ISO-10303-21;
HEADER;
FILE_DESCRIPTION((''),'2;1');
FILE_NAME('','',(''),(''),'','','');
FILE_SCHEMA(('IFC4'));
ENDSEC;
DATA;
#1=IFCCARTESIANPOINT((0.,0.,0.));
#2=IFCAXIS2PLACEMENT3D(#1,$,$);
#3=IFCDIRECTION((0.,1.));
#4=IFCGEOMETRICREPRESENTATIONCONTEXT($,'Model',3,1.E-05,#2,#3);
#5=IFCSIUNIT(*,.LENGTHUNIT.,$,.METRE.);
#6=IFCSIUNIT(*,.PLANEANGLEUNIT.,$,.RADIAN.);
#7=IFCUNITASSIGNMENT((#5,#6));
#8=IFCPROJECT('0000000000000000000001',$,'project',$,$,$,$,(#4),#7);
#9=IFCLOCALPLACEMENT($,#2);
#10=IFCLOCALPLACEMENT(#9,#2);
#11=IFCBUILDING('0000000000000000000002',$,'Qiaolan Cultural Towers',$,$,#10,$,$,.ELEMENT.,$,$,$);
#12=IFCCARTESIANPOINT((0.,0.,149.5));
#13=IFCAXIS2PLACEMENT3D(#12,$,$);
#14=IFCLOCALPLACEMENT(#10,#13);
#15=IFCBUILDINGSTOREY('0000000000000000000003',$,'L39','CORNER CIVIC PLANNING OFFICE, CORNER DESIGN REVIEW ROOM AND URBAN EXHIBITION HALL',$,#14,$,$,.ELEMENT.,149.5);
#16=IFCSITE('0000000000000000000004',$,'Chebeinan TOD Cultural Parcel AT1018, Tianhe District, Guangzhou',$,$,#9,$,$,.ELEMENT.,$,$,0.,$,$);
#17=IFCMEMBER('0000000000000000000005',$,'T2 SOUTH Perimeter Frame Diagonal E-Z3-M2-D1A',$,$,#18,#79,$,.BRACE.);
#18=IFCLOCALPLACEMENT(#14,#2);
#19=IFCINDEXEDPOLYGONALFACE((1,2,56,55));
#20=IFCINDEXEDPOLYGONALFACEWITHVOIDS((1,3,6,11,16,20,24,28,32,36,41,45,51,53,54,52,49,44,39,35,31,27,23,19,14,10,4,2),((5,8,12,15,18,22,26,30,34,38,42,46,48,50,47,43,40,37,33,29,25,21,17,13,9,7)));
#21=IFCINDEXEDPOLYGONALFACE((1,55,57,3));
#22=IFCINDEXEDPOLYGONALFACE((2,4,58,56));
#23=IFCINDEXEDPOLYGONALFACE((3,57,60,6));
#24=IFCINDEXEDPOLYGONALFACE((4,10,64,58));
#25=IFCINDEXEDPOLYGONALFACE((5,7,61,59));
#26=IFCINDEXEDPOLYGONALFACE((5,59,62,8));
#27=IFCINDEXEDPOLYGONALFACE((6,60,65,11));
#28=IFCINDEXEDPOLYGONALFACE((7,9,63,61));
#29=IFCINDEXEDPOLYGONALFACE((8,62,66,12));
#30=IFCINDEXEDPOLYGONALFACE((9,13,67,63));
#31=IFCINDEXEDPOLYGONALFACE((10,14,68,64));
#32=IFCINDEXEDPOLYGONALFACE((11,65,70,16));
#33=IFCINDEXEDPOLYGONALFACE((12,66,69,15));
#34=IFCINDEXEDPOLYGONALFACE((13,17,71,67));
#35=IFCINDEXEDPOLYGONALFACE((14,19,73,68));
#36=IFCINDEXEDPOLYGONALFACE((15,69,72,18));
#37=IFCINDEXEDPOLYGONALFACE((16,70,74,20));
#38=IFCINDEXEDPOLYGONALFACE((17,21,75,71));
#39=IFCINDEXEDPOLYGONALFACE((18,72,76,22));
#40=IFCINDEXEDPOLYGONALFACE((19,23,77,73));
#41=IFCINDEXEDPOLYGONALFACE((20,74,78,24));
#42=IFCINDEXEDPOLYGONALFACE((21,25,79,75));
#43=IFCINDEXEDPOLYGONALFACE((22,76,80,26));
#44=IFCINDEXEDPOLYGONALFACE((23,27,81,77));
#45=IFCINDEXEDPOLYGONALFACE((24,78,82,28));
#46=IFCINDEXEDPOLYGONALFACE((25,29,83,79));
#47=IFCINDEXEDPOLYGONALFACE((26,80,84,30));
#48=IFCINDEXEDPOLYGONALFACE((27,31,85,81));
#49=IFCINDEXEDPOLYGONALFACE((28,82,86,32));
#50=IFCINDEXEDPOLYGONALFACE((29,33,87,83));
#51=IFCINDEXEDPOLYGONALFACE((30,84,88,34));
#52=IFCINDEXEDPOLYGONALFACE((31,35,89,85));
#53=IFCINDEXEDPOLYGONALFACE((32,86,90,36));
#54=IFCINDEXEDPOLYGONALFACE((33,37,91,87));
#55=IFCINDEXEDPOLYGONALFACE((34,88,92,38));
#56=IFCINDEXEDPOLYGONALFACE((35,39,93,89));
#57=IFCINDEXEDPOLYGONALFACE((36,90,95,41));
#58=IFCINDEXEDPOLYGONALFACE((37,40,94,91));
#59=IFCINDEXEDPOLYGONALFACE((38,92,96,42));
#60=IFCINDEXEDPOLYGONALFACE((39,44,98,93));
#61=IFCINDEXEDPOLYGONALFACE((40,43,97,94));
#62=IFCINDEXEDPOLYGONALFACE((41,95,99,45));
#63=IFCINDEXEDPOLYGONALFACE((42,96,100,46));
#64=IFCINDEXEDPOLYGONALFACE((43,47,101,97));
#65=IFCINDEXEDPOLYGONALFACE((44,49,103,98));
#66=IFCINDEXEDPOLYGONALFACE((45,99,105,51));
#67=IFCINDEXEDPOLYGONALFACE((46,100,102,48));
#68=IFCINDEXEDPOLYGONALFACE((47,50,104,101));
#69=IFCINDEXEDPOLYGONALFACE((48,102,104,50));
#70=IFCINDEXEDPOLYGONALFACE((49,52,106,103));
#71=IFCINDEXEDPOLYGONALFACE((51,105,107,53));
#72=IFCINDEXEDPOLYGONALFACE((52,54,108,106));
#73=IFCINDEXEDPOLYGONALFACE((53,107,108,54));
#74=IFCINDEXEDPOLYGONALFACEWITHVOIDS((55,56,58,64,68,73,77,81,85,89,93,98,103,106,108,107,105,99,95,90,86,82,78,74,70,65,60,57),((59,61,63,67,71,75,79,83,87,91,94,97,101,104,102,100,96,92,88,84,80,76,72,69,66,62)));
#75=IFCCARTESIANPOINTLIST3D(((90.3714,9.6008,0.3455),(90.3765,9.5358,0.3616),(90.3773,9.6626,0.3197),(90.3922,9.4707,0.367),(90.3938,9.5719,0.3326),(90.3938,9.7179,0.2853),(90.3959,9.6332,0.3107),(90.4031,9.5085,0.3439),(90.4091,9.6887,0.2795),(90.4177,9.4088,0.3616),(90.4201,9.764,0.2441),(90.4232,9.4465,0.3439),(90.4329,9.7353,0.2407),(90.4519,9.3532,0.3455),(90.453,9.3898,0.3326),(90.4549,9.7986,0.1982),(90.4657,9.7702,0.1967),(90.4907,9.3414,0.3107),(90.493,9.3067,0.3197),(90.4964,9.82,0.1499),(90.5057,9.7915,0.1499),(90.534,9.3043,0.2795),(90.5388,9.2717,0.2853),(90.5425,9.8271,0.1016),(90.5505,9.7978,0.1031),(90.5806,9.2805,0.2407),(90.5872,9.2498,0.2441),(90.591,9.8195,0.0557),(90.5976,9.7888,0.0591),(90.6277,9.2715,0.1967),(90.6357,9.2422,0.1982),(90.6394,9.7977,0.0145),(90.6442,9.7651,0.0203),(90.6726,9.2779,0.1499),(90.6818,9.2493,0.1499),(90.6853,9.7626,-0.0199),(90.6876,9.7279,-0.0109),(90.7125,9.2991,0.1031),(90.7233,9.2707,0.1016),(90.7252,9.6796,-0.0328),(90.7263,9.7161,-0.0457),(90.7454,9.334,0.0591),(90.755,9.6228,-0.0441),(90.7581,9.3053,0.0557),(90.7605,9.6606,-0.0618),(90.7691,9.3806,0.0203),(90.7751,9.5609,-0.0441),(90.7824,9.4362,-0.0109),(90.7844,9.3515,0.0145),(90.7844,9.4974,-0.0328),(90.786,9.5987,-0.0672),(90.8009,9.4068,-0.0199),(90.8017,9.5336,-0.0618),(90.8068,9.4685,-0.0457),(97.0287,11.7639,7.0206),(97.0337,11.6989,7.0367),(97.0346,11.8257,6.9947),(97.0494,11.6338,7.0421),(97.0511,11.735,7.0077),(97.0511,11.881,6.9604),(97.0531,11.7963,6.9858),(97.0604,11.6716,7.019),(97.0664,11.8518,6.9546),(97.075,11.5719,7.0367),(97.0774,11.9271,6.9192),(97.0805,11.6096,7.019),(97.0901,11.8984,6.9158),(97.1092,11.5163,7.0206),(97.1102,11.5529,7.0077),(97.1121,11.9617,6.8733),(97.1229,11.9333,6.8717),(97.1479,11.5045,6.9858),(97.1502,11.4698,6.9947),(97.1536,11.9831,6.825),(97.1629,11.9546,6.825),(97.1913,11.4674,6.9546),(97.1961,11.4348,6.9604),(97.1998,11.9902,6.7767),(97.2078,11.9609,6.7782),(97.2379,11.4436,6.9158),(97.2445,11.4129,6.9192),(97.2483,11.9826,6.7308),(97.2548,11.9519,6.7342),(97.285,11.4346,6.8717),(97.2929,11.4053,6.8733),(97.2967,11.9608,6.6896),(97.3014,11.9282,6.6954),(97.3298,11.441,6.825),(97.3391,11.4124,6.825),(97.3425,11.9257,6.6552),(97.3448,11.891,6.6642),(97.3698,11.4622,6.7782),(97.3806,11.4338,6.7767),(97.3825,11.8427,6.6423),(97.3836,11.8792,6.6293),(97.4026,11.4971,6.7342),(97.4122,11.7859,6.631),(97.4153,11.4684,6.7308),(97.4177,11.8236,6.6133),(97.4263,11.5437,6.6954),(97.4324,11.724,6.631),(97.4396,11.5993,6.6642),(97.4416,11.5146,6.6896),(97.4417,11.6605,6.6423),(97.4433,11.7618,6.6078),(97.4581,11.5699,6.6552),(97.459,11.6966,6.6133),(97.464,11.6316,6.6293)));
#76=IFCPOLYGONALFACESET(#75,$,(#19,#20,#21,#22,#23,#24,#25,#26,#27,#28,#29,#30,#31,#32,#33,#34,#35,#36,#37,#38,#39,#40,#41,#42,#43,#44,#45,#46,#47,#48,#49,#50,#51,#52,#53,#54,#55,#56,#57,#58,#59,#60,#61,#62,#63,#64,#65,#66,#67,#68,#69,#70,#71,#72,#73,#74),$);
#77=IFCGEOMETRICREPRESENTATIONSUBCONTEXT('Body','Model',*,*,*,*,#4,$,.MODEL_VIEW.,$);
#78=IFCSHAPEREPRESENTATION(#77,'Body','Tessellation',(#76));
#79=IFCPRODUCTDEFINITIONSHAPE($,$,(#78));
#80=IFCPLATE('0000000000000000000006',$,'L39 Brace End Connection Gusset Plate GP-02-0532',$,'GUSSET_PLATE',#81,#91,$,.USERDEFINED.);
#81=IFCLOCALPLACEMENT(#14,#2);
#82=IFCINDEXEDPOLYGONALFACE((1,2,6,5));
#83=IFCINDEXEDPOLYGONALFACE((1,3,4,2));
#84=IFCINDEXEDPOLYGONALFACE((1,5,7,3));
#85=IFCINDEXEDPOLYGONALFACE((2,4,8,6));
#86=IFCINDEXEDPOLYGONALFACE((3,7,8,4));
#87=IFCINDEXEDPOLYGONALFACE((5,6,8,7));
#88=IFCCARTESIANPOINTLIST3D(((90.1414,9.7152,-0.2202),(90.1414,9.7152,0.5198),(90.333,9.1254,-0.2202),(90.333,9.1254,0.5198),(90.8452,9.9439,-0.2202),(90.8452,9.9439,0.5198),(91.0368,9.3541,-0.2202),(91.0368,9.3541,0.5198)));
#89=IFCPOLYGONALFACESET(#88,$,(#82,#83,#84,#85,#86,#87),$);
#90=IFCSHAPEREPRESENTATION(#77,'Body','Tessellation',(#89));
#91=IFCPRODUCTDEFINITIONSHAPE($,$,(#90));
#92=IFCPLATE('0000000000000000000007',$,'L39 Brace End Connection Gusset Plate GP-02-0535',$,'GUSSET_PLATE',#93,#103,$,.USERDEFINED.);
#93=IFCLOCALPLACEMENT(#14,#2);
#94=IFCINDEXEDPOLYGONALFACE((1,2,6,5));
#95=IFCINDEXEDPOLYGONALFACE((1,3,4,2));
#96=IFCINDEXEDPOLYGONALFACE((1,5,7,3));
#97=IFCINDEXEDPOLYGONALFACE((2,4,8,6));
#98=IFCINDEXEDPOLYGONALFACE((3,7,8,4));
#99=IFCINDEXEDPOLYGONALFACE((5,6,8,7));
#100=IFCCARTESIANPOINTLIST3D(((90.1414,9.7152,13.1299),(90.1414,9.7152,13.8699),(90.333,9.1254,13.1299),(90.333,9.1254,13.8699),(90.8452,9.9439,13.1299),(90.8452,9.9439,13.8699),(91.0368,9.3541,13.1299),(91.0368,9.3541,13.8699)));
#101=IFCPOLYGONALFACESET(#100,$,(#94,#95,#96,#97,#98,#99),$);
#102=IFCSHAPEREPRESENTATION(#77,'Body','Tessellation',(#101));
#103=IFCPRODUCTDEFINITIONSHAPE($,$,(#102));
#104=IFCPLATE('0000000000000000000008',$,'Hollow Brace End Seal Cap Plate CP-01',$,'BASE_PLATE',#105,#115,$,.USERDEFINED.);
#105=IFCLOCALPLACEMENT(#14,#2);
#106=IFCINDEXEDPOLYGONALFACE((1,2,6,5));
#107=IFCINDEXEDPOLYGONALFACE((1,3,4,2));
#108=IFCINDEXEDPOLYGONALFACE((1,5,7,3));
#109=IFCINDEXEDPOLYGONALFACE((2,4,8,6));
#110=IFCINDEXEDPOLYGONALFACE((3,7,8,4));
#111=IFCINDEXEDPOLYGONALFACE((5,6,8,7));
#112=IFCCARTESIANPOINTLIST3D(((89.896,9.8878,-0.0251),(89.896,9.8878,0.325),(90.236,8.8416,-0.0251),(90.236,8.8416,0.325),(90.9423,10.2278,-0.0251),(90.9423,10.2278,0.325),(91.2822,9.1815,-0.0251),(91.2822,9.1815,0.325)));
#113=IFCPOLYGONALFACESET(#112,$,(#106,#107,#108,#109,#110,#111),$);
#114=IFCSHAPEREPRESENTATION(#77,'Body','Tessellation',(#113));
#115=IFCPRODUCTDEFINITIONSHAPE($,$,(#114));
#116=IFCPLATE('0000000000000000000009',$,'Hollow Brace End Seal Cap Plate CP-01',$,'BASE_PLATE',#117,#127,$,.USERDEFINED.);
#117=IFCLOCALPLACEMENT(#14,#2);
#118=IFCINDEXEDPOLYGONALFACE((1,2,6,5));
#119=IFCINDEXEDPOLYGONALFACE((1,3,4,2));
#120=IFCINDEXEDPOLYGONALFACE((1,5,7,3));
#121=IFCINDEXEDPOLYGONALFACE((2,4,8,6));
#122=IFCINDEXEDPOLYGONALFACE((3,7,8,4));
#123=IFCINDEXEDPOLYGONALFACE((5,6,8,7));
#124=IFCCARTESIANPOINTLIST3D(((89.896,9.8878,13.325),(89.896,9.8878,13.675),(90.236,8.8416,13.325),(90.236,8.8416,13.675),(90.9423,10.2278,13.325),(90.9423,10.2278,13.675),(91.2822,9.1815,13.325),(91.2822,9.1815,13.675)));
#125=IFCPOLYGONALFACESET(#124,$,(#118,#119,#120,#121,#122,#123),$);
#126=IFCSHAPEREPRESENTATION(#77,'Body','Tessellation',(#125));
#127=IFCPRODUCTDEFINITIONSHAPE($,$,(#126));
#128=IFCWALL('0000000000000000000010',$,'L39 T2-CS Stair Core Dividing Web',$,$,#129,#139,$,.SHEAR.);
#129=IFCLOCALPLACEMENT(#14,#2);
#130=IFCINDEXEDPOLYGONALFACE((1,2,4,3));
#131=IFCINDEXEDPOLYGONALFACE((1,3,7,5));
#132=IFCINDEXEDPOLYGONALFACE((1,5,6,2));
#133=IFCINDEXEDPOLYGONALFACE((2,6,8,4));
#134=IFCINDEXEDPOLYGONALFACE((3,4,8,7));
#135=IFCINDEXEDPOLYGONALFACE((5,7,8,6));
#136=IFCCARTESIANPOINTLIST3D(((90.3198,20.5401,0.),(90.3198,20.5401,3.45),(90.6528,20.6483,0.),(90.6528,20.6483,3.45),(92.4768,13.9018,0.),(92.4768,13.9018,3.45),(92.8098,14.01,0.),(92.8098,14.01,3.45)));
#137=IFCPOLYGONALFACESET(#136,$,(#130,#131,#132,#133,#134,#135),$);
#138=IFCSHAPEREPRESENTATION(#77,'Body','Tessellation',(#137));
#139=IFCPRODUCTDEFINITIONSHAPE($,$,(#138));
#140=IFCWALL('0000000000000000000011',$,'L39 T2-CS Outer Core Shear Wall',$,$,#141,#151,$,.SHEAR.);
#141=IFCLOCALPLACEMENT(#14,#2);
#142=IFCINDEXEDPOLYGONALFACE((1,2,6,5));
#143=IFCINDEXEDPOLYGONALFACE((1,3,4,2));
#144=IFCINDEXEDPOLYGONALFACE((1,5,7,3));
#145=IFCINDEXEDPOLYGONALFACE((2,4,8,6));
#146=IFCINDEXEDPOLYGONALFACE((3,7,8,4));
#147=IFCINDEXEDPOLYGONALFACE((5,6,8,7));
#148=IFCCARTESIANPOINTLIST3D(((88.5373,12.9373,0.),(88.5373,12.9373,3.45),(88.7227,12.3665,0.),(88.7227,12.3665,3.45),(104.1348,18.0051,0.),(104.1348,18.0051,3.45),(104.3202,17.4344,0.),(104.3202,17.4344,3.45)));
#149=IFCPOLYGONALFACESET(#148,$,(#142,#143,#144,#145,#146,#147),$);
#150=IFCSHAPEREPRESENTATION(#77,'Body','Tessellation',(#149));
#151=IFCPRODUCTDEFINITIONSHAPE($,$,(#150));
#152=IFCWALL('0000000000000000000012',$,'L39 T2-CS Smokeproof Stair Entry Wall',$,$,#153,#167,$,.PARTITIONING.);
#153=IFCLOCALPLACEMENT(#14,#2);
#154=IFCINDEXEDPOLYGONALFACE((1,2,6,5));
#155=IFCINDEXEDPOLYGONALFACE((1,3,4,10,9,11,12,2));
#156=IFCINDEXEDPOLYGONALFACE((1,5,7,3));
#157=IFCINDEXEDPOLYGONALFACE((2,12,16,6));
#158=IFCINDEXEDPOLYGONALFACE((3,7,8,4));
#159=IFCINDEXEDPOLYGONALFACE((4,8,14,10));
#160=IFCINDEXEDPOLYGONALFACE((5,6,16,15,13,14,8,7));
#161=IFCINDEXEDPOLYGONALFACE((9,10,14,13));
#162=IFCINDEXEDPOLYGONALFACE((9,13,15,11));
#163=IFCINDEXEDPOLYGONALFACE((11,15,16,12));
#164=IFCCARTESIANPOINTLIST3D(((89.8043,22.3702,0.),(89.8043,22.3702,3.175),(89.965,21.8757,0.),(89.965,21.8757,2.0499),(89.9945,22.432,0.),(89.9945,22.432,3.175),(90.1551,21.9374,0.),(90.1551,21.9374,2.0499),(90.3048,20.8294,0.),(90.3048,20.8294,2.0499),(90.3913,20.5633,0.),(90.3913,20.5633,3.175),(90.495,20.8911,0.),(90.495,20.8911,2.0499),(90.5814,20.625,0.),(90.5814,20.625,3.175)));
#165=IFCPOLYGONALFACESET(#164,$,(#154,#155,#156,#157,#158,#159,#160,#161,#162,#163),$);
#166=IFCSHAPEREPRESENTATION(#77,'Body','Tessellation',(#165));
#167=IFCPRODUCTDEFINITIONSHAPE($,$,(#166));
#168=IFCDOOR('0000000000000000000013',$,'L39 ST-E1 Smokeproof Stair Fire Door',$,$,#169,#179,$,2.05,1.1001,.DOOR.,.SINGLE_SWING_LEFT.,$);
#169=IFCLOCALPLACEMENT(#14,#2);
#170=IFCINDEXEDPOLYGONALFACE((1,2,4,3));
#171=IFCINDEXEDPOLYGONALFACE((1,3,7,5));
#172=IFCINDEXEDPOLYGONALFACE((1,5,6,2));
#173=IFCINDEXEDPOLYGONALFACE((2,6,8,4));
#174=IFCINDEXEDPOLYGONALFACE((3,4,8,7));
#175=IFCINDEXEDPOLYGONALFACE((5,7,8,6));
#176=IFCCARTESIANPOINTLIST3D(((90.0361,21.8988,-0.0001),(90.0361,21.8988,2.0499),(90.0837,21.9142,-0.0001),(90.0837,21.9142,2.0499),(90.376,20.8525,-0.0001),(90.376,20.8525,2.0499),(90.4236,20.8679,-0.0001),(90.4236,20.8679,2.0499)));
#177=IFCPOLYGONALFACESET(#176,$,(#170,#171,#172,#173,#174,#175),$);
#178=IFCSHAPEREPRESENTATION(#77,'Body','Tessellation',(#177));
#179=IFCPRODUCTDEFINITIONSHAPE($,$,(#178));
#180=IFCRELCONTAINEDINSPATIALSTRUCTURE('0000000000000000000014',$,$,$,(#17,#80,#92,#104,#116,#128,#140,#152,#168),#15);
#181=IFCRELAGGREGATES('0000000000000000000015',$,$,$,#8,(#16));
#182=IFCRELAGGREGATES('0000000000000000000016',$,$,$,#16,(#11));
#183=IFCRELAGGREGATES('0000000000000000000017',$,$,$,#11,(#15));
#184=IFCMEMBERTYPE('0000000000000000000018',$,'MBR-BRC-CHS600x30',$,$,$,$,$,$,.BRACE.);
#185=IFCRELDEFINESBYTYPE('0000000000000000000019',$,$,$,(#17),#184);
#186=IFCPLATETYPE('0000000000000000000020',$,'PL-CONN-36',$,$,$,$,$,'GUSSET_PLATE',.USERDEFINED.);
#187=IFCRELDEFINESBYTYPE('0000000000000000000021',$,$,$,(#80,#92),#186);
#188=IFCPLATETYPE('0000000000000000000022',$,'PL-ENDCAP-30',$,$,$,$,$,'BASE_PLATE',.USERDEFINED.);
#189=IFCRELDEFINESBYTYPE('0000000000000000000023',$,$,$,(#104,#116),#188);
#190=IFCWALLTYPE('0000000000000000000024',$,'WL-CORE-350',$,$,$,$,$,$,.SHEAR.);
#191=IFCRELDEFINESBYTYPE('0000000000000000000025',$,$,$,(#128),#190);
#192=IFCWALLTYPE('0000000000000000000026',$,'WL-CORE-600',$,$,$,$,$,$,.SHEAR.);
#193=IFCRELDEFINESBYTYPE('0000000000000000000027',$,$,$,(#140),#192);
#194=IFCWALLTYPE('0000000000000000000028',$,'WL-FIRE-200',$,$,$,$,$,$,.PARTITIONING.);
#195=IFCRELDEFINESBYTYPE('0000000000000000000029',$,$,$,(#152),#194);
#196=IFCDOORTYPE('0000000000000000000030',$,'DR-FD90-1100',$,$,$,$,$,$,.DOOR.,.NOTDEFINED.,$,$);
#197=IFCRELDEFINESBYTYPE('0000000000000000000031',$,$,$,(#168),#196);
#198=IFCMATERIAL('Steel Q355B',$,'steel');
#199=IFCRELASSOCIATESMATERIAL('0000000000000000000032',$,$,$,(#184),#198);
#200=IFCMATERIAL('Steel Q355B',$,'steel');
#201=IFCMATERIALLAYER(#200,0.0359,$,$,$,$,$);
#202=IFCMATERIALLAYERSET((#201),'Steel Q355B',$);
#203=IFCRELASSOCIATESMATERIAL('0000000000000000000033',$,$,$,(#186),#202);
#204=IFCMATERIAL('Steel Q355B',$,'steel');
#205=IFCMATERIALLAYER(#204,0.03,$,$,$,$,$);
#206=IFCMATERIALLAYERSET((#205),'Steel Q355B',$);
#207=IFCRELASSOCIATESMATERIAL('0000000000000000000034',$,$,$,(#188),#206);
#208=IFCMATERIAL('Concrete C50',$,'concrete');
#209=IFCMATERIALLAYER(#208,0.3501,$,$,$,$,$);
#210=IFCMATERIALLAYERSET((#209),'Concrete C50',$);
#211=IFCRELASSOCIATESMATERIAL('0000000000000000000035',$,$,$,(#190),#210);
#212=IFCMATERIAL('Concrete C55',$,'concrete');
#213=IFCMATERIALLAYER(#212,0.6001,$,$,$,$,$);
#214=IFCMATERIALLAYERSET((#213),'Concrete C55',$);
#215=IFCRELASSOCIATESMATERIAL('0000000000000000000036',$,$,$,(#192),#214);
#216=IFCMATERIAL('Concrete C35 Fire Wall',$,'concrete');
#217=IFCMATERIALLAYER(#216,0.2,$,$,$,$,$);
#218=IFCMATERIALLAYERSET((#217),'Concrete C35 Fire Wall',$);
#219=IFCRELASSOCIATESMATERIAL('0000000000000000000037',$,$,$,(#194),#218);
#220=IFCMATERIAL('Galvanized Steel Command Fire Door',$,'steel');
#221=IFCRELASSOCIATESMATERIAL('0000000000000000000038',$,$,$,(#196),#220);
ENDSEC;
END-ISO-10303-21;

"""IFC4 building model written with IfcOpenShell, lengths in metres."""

from ifc_helpers import new_model, si_unit, direction, frame, frame_2d, origin, origin_2d, place, context, subcontext, project, spatial, rectangle, hollow_circle, extrude, material, layer, layer_set, material_profile, profile_set, type_object, element, fill, save


model = new_model("IFC4")

# Units and contexts
model_context = context("Model", 3, precision=1e-05, world=origin(), true_north=direction((0.0, 1.0)))
body_context = subcontext(model_context, "Body", "Model", "MODEL_VIEW")
ifc_project = project(units=[si_unit("LENGTHUNIT", "METRE"), si_unit("PLANEANGLEUNIT", "RADIAN")], contexts=[model_context])

# Site, building, storey
site_placement = place(None, origin())
site = spatial("IfcSite", under=ifc_project, at=site_placement, Name="Chebeinan TOD Cultural Parcel AT1018, Tianhe District, Guangzhou", CompositionType="ELEMENT", RefElevation=0.0)
building_placement = place(site_placement, origin())
building = spatial("IfcBuilding", under=site, at=building_placement, Name="Qiaolan Cultural Towers", CompositionType="ELEMENT")
storey_placement = place(building_placement, frame((0.0, 0.0, 149.5)))
storey = spatial("IfcBuildingStorey", under=building, at=storey_placement, Name="L39", Description="CORNER CIVIC PLANNING OFFICE, CORNER DESIGN REVIEW ROOM AND URBAN EXHIBITION HALL", CompositionType="ELEMENT", Elevation=149.5)

# Member
ifc_material_1 = material(Name="Steel Q355B", Category="steel")
ifc_material_profile_1 = material_profile(ifc_material_1, hollow_circle(Radius=0.3, WallThickness=0.03, at=origin_2d()), Name="CHS600x30")
ifc_profile_set_1 = profile_set([ifc_material_profile_1], Name="Steel Q355B")
member_type = type_object("IfcMemberType", Name="MBR-BRC-CHS600x30", PredefinedType="BRACE", material=ifc_profile_set_1)
member_placement = place(storey_placement, frame((90.5891, 9.5347, 0.1499), z_axis=(0.688276, 0.223637, 0.690118), x_axis=(-0.30902, 0.951056, 0.0)))
element("IfcMember", 1, at=member_placement, inside=storey, type_object=member_type, Name="T2 SOUTH Perimeter Frame Diagonal E-Z3-M2-D1A", PredefinedType="BRACE", context=body_context, shape_type="SweptSolid", body=[
    extrude(hollow_circle(Radius=0.3, WallThickness=0.03, at=origin_2d()), origin(), (0.0, 0.0, 1.0), 9.6724),
])

# Plates
ifc_material_2 = material(Name="Steel Q355B", Category="steel")
ifc_layer_1 = layer(ifc_material_2, 0.0359)
ifc_layer_set_1 = layer_set([ifc_layer_1], Name="Steel Q355B")
plate_type_1 = type_object("IfcPlateType", Name="PL-CONN-36", ElementType="GUSSET_PLATE", PredefinedType="USERDEFINED", material=ifc_layer_set_1)
for number, where, z_axis, x_axis, name in (
    (2, (90.5891, 9.5347, -0.2202), (0.0, 0.0, 1.0), (0.951057, 0.309017, 0.0), "L39 Brace End Connection Gusset Plate GP-02-0532"),
    (3, (90.5891, 9.5347, 13.1299), (0.0, 0.0, 1.0), (0.951057, 0.309017, 0.0), "L39 Brace End Connection Gusset Plate GP-02-0535"),
):
    element("IfcPlate", number, at=place(storey_placement, frame(where, z_axis=z_axis, x_axis=x_axis)), inside=storey, type_object=plate_type_1, Name=name, ObjectType="GUSSET_PLATE", PredefinedType="USERDEFINED", context=body_context, shape_type="SweptSolid", body=[
        extrude(rectangle(XDim=0.74, YDim=0.6201, at=origin_2d()), origin(), (0.0, 0.0, 1.0), 0.74),
    ])
ifc_material_3 = material(Name="Steel Q355B", Category="steel")
ifc_layer_2 = layer(ifc_material_3, 0.03)
ifc_layer_set_2 = layer_set([ifc_layer_2], Name="Steel Q355B")
plate_type_2 = type_object("IfcPlateType", Name="PL-ENDCAP-30", ElementType="BASE_PLATE", PredefinedType="USERDEFINED", material=ifc_layer_set_2)
for number, where, z_axis, x_axis, name in (
    (4, (90.5891, 9.5347, -0.0251), (0.0, 0.0, 1.0), (0.951057, 0.309017, 0.0), "Hollow Brace End Seal Cap Plate CP-01"),
    (5, (90.5891, 9.5347, 13.325), (0.0, 0.0, 1.0), (0.951057, 0.309017, 0.0), "Hollow Brace End Seal Cap Plate CP-01"),
):
    element("IfcPlate", number, at=place(storey_placement, frame(where, z_axis=z_axis, x_axis=x_axis)), inside=storey, type_object=plate_type_2, Name=name, ObjectType="BASE_PLATE", PredefinedType="USERDEFINED", context=body_context, shape_type="SweptSolid", body=[
        extrude(rectangle(XDim=1.1001, YDim=1.1001, at=origin_2d()), origin(), (0.0, 0.0, 1.0), 0.3501),
    ])

# Walls
ifc_material_4 = material(Name="Concrete C50", Category="concrete")
ifc_layer_3 = layer(ifc_material_4, 0.3501)
ifc_layer_set_3 = layer_set([ifc_layer_3], Name="Concrete C50")
wall_type_1 = type_object("IfcWallType", Name="WL-CORE-350", PredefinedType="SHEAR", material=ifc_layer_set_3)
wall_1_placement = place(storey_placement, frame((90.4863, 20.5942, 0.0), z_axis=(0.0, 0.0, 1.0), x_axis=(0.30902, -0.951055, 0.0)))
element("IfcWall", 6, at=wall_1_placement, inside=storey, type_object=wall_type_1, Name="L39 T2-CS Stair Core Dividing Web", PredefinedType="SHEAR", context=body_context, shape_type="SweptSolid", body=[
    extrude(rectangle(XDim=6.98, YDim=0.3501, at=frame_2d((3.49, 0.0))), origin(), (0.0, 0.0, 1.0), 3.45),
])
ifc_material_5 = material(Name="Concrete C55", Category="concrete")
ifc_layer_4 = layer(ifc_material_5, 0.6001)
ifc_layer_set_4 = layer_set([ifc_layer_4], Name="Concrete C55")
wall_type_2 = type_object("IfcWallType", Name="WL-CORE-600", PredefinedType="SHEAR", material=ifc_layer_set_4)
wall_2_placement = place(storey_placement, frame((88.6299, 12.6519, 0.0), z_axis=(0.0, 0.0, 1.0), x_axis=(0.951057, 0.309015, 0.0)))
element("IfcWall", 7, at=wall_2_placement, inside=storey, type_object=wall_type_2, Name="L39 T2-CS Outer Core Shear Wall", PredefinedType="SHEAR", context=body_context, shape_type="SweptSolid", body=[
    extrude(rectangle(XDim=16.4001, YDim=0.6001, at=frame_2d((8.2002, 0.0))), origin(), (0.0, 0.0, 1.0), 3.45),
])

# Wall, opening, door
ifc_material_6 = material(Name="Concrete C35 Fire Wall", Category="concrete")
ifc_layer_5 = layer(ifc_material_6, 0.2)
ifc_layer_set_5 = layer_set([ifc_layer_5], Name="Concrete C35 Fire Wall")
wall_type_3 = type_object("IfcWallType", Name="WL-FIRE-200", PredefinedType="PARTITIONING", material=ifc_layer_set_5)
wall_3_placement = place(storey_placement, frame((89.8994, 22.4011, 0.0), z_axis=(0.0, 0.0, 1.0), x_axis=(0.308932, -0.951084, 0.0)))
wall_3 = element("IfcWall", 8, at=wall_3_placement, inside=storey, type_object=wall_type_3, Name="L39 T2-CS Smokeproof Stair Entry Wall", PredefinedType="PARTITIONING", context=body_context, shape_type="SweptSolid", body=[
    extrude(rectangle(XDim=1.8999, YDim=0.2, at=frame_2d((0.95, 0.0))), origin(), (0.0, 0.0, 1.0), 3.175),
])
opening_1_placement = place(wall_3_placement, frame((0.52, 0.0, 0.0)))
opening_1 = element("IfcOpeningElement", 9, at=opening_1_placement, cuts=wall_3, PredefinedType="OPENING", context=body_context, shape_type="SweptSolid", body=[
    extrude(rectangle(XDim=1.1001, YDim=2.05, at=frame_2d((0.55, 1.0249))), frame((0.0, 0.1099, 0.0), z_axis=(0.0, -1.0, 0.0), x_axis=(1.0, 0.0, 0.0)), (0.0, 0.0, 1.0), 0.22),
])
ifc_material_7 = material(Name="Galvanized Steel Command Fire Door", Category="steel")
door_type_1 = type_object("IfcDoorType", Name="DR-FD90-1100", OperationType="NOTDEFINED", PredefinedType="DOOR", material=ifc_material_7)
door_1_placement = place(opening_1_placement, origin())
door_1 = element("IfcDoor", 10, at=door_1_placement, inside=storey, type_object=door_type_1, Name="L39 ST-E1 Smokeproof Stair Fire Door", OperationType="SINGLE_SWING_LEFT", OverallHeight=2.05, OverallWidth=1.1001, PredefinedType="DOOR", context=body_context, shape_type="SweptSolid", body=[
    extrude(rectangle(XDim=1.1001, YDim=2.05, at=frame_2d((0.55, 1.0249))), frame((0.0, 0.0249, 0.0), z_axis=(0.0, -1.0, 0.0), x_axis=(1.0, 0.0, 0.0)), (0.0, 0.0, 1.0), 0.05),
])
fill(opening_1, door_1)

save(model, "model.ifc")
